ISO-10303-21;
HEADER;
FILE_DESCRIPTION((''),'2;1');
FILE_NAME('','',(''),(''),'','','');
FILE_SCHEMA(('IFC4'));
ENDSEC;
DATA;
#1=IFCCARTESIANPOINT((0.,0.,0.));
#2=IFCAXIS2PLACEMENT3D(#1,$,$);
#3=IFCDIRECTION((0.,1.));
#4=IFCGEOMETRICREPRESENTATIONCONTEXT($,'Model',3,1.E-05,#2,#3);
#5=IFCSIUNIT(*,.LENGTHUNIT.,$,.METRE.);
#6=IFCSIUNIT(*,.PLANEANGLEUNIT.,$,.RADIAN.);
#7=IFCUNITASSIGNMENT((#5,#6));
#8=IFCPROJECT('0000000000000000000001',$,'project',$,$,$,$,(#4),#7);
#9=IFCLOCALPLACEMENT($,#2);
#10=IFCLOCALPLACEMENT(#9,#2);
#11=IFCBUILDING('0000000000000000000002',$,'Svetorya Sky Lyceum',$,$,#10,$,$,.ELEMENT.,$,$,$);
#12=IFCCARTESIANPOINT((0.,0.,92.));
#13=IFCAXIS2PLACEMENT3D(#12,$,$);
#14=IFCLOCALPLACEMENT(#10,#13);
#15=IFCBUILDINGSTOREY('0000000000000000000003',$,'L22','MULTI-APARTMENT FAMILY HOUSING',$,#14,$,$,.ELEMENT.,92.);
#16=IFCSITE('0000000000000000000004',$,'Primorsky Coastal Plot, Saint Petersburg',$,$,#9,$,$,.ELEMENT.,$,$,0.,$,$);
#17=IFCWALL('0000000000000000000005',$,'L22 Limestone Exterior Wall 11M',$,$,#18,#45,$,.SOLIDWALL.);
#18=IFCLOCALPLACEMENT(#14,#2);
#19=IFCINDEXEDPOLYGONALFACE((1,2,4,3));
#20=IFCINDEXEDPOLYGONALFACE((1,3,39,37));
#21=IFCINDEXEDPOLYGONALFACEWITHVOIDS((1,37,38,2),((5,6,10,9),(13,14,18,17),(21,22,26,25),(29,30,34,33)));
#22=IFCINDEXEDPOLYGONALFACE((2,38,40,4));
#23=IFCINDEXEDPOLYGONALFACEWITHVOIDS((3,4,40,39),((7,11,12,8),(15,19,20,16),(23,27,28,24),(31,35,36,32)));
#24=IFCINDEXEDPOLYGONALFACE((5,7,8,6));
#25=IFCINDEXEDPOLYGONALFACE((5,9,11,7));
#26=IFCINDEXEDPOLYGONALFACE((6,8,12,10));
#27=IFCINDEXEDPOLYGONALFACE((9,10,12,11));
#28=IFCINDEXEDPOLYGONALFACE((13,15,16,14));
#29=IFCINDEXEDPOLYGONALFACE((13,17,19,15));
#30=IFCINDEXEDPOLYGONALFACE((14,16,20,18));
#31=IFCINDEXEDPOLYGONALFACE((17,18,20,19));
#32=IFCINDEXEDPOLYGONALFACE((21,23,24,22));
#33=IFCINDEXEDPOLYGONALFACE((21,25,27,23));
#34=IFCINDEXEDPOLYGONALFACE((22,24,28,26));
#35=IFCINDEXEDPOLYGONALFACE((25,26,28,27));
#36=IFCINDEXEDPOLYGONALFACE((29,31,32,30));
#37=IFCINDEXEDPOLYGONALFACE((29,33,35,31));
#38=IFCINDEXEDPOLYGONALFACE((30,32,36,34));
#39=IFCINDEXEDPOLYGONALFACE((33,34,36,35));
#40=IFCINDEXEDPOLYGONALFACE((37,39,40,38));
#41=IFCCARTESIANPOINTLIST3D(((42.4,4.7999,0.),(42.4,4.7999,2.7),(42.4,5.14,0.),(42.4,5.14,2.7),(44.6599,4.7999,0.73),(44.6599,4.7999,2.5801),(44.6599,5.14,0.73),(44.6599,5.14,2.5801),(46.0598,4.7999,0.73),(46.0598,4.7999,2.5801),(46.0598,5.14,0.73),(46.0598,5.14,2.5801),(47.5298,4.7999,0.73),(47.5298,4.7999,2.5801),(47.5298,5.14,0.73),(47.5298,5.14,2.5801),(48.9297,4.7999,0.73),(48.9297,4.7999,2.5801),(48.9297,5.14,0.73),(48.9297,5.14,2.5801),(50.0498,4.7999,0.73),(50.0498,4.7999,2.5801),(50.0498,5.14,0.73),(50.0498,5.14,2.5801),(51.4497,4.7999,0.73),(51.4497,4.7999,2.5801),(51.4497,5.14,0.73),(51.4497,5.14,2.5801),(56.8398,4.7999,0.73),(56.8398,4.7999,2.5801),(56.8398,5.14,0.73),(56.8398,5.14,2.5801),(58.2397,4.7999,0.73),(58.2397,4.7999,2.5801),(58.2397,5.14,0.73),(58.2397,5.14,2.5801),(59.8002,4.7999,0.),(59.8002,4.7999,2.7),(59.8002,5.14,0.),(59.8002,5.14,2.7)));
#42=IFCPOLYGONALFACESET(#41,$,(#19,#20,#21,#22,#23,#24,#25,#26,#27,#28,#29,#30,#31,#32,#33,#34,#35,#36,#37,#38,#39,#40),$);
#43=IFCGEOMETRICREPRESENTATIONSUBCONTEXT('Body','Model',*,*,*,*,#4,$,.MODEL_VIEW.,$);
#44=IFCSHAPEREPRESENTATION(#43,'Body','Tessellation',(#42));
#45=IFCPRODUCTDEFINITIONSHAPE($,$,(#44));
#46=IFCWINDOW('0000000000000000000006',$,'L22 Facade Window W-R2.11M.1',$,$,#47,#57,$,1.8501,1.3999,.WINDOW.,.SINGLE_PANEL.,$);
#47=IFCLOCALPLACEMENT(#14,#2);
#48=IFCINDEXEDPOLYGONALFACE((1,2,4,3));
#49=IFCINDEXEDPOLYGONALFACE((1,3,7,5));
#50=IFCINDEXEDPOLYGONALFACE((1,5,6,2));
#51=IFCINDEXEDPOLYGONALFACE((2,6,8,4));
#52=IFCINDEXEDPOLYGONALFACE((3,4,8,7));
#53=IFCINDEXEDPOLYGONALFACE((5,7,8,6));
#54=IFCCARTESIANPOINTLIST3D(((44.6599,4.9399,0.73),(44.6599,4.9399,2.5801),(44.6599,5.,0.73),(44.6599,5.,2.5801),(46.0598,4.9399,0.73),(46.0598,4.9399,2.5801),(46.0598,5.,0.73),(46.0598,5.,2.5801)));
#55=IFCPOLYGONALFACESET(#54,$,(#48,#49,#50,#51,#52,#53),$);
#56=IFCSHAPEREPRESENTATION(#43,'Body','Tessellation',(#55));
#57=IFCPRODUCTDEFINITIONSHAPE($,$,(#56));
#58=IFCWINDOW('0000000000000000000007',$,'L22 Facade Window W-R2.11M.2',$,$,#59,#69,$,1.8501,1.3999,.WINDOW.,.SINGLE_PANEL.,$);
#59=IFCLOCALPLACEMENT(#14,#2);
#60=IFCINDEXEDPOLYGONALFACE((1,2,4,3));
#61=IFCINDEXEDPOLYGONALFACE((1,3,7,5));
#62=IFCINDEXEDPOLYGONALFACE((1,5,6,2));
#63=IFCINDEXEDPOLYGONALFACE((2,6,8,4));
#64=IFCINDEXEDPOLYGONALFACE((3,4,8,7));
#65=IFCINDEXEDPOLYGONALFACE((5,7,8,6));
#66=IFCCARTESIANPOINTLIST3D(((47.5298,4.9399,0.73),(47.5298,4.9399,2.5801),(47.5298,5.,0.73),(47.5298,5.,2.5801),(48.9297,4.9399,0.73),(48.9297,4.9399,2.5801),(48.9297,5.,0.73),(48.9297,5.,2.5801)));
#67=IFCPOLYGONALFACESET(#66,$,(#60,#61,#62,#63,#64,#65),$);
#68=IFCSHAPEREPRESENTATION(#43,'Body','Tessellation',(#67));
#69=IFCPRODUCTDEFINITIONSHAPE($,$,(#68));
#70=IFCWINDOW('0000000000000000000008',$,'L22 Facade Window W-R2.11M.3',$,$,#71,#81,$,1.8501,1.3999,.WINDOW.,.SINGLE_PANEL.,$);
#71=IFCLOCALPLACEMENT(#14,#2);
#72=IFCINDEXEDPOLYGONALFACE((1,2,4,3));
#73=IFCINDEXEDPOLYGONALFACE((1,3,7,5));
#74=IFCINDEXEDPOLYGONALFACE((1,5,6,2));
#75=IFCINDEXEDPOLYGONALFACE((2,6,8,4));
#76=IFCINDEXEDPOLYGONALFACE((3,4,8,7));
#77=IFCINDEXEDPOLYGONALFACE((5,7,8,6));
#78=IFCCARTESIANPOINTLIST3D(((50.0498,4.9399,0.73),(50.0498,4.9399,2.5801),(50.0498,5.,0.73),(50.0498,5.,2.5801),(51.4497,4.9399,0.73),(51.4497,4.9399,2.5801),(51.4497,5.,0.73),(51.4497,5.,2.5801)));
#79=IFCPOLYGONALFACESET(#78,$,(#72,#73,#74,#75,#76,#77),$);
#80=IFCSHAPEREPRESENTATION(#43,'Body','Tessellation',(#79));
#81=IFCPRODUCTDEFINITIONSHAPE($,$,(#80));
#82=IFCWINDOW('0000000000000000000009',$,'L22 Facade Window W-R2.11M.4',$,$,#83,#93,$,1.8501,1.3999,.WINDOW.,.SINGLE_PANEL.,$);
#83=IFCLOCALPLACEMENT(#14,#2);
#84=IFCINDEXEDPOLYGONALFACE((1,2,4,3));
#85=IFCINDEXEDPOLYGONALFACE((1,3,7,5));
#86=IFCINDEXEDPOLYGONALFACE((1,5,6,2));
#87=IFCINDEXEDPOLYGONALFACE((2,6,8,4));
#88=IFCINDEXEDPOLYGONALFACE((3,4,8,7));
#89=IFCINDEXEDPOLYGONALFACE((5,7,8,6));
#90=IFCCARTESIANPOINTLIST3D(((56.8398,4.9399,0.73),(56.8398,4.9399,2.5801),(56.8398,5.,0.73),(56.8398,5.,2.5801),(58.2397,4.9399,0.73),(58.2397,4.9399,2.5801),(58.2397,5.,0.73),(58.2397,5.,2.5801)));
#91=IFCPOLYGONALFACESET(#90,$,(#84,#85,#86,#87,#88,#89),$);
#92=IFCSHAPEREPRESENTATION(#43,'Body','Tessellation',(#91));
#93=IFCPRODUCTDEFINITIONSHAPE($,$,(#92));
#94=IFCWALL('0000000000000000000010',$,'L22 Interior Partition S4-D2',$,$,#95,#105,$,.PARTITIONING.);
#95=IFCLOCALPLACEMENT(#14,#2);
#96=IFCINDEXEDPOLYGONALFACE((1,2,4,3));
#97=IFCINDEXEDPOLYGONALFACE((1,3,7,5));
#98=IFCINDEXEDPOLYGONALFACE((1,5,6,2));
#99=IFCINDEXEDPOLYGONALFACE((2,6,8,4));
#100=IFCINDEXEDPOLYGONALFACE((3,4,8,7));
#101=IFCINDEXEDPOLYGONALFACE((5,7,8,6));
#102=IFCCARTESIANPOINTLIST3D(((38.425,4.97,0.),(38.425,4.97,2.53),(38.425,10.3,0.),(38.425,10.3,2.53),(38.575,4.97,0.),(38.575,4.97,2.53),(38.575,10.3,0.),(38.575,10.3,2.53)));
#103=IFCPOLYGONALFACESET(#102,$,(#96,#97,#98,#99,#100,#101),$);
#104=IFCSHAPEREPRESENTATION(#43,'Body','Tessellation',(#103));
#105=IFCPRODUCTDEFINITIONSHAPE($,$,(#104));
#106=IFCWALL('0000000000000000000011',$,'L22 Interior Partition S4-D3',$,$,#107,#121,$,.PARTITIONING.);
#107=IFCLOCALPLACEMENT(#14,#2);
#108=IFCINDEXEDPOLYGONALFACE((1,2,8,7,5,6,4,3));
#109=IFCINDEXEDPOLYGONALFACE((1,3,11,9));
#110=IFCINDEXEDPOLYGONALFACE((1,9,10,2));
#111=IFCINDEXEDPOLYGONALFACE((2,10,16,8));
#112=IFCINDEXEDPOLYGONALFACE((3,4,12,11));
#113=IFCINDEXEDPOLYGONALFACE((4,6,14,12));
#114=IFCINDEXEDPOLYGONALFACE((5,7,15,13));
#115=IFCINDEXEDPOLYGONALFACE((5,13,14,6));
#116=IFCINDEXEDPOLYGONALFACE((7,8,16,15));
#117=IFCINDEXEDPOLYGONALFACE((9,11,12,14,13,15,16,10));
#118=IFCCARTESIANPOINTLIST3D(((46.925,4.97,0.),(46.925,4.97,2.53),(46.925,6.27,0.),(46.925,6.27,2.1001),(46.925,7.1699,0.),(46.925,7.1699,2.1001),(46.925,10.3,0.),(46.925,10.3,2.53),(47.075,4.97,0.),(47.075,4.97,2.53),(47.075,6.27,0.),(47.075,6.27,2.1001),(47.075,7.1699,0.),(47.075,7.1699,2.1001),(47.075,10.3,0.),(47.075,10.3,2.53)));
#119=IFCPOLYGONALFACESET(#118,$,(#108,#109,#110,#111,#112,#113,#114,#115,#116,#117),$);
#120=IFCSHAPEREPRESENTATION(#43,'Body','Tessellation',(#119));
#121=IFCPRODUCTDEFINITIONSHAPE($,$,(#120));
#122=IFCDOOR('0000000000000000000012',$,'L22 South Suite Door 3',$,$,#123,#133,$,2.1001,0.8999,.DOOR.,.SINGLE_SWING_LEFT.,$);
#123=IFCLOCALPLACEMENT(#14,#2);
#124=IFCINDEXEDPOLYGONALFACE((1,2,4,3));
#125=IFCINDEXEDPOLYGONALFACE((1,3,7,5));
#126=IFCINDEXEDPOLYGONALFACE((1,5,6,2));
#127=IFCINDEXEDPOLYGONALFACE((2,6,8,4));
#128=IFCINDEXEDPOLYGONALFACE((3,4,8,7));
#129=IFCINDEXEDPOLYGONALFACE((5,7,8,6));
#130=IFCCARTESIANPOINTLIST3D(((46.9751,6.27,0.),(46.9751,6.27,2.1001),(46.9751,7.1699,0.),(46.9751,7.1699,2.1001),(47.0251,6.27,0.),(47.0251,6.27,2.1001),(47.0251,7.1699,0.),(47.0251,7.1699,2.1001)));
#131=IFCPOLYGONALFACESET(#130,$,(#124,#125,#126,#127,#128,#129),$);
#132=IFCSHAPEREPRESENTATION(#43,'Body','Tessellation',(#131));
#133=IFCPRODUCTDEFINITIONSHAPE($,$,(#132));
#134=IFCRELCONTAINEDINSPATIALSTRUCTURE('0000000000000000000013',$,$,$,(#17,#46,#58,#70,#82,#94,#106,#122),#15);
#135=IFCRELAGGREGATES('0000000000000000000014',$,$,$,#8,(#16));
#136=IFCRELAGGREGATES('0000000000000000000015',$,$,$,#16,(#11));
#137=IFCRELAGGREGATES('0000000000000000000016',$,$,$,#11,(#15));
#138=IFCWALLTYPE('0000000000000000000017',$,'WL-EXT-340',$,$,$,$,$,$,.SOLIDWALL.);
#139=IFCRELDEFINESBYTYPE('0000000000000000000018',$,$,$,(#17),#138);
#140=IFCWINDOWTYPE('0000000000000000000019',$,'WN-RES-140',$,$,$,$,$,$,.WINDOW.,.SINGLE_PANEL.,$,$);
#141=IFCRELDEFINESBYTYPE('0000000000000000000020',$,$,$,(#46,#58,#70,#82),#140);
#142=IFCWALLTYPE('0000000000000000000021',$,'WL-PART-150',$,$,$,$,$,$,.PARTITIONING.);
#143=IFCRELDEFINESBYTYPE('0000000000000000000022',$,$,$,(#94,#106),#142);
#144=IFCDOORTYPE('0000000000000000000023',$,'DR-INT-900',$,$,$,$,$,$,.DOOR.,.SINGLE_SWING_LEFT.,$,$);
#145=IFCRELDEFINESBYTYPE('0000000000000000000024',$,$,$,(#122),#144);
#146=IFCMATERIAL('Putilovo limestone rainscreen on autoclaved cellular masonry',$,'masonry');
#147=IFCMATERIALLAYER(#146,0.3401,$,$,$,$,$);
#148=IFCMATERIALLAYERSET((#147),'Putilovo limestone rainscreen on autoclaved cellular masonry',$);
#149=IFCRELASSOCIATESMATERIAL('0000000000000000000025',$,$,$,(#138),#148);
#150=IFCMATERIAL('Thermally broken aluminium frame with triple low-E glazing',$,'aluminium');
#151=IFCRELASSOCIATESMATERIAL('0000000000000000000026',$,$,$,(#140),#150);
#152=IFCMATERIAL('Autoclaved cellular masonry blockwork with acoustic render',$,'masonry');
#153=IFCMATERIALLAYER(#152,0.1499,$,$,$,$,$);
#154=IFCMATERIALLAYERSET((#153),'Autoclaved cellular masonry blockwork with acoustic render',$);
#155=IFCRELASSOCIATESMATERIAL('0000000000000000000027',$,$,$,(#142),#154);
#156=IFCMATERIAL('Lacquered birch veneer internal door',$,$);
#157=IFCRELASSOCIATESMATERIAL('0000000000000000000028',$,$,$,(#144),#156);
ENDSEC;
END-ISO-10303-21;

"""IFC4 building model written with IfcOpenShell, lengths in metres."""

from ifc_helpers import new_model, si_unit, direction, frame, frame_2d, origin, place, context, subcontext, project, spatial, rectangle, extrude, material, layer, layer_set, type_object, element, fill, save


model = new_model("IFC4")

# Units and contexts
model_context = context("Model", 3, precision=1e-05, world=origin(), true_north=direction((0.0, 1.0)))
body_context = subcontext(model_context, "Body", "Model", "MODEL_VIEW")
ifc_project = project(units=[si_unit("LENGTHUNIT", "METRE"), si_unit("PLANEANGLEUNIT", "RADIAN")], contexts=[model_context])

# Site, building, storey
site_placement = place(None, origin())
site = spatial("IfcSite", under=ifc_project, at=site_placement, Name="Primorsky Coastal Plot, Saint Petersburg", CompositionType="ELEMENT", RefElevation=0.0)
building_placement = place(site_placement, origin())
building = spatial("IfcBuilding", under=site, at=building_placement, Name="Svetorya Sky Lyceum", CompositionType="ELEMENT")
storey_placement = place(building_placement, frame((0.0, 0.0, 92.0)))
storey = spatial("IfcBuildingStorey", under=building, at=storey_placement, Name="L22", Description="MULTI-APARTMENT FAMILY HOUSING", CompositionType="ELEMENT", Elevation=92.0)

# Shared definitions
ifc_material_1 = material(Name="Putilovo limestone rainscreen on autoclaved cellular masonry", Category="masonry")
ifc_layer_1 = layer(ifc_material_1, 0.3401)
ifc_layer_set_1 = layer_set([ifc_layer_1], Name="Putilovo limestone rainscreen on autoclaved cellular masonry")
wall_type_1 = type_object("IfcWallType", Name="WL-EXT-340", PredefinedType="SOLIDWALL", material=ifc_layer_set_1)

# Wall, openings, windows
wall_1_placement = place(storey_placement, frame((42.3999, 4.97, 0.0), z_axis=(0.0, 0.0, 1.0), x_axis=(1.0, 0.0, 0.0)))
wall_1 = element("IfcWall", 1, at=wall_1_placement, inside=storey, type_object=wall_type_1, Name="L22 Limestone Exterior Wall 11M", PredefinedType="SOLIDWALL", context=body_context, shape_type="SweptSolid", body=[
    extrude(rectangle(XDim=17.4001, YDim=0.3401, at=frame_2d((8.7002, 0.0))), origin(), (0.0, 0.0, 1.0), 2.7),
])
opening_1_placement = place(wall_1_placement, frame((2.26, 0.0, 0.73)))
opening_1 = element("IfcOpeningElement", 2, at=opening_1_placement, cuts=wall_1, PredefinedType="OPENING", context=body_context, shape_type="SweptSolid", body=[
    extrude(rectangle(XDim=1.3999, YDim=1.8501, at=frame_2d((0.7, 0.925))), frame((0.0, 0.1799, 0.0), z_axis=(0.0, -1.0, 0.0), x_axis=(1.0, 0.0, 0.0)), (0.0, 0.0, 1.0), 0.3601),
])
opening_2_placement = place(wall_1_placement, frame((5.1299, 0.0, 0.73)))
opening_2 = element("IfcOpeningElement", 3, at=opening_2_placement, cuts=wall_1, PredefinedType="OPENING", context=body_context, shape_type="SweptSolid", body=[
    extrude(rectangle(XDim=1.3999, YDim=1.8501, at=frame_2d((0.7, 0.925))), frame((0.0, 0.1799, 0.0), z_axis=(0.0, -1.0, 0.0), x_axis=(1.0, 0.0, 0.0)), (0.0, 0.0, 1.0), 0.3601),
])
opening_3_placement = place(wall_1_placement, frame((7.6499, 0.0, 0.73)))
opening_3 = element("IfcOpeningElement", 4, at=opening_3_placement, cuts=wall_1, PredefinedType="OPENING", context=body_context, shape_type="SweptSolid", body=[
    extrude(rectangle(XDim=1.3999, YDim=1.8501, at=frame_2d((0.7, 0.925))), frame((0.0, 0.1799, 0.0), z_axis=(0.0, -1.0, 0.0), x_axis=(1.0, 0.0, 0.0)), (0.0, 0.0, 1.0), 0.3601),
])
opening_4_placement = place(wall_1_placement, frame((14.4399, 0.0, 0.73)))
opening_4 = element("IfcOpeningElement", 5, at=opening_4_placement, cuts=wall_1, PredefinedType="OPENING", context=body_context, shape_type="SweptSolid", body=[
    extrude(rectangle(XDim=1.3999, YDim=1.8501, at=frame_2d((0.7, 0.925))), frame((0.0, 0.1799, 0.0), z_axis=(0.0, -1.0, 0.0), x_axis=(1.0, 0.0, 0.0)), (0.0, 0.0, 1.0), 0.3601),
])
ifc_material_2 = material(Name="Thermally broken aluminium frame with triple low-E glazing", Category="aluminium")
window_type = type_object("IfcWindowType", Name="WN-RES-140", PartitioningType="SINGLE_PANEL", PredefinedType="WINDOW", material=ifc_material_2)
window_1_placement = place(opening_1_placement, origin())
window_1 = element("IfcWindow", 6, at=window_1_placement, inside=storey, type_object=window_type, Name="L22 Facade Window W-R2.11M.1", OverallHeight=1.8501, OverallWidth=1.3999, PartitioningType="SINGLE_PANEL", PredefinedType="WINDOW", context=body_context, shape_type="SweptSolid", body=[
    extrude(rectangle(XDim=1.3999, YDim=1.8501, at=frame_2d((0.7, 0.925))), frame((0.0, 0.03, 0.0), z_axis=(0.0, -1.0, 0.0), x_axis=(1.0, 0.0, 0.0)), (0.0, 0.0, 1.0), 0.0601),
])
fill(opening_1, window_1)
window_2_placement = place(opening_2_placement, origin())
window_2 = element("IfcWindow", 7, at=window_2_placement, inside=storey, type_object=window_type, Name="L22 Facade Window W-R2.11M.2", OverallHeight=1.8501, OverallWidth=1.3999, PartitioningType="SINGLE_PANEL", PredefinedType="WINDOW", context=body_context, shape_type="SweptSolid", body=[
    extrude(rectangle(XDim=1.3999, YDim=1.8501, at=frame_2d((0.7, 0.925))), frame((0.0, 0.03, 0.0), z_axis=(0.0, -1.0, 0.0), x_axis=(1.0, 0.0, 0.0)), (0.0, 0.0, 1.0), 0.0601),
])
fill(opening_2, window_2)
window_3_placement = place(opening_3_placement, origin())
window_3 = element("IfcWindow", 8, at=window_3_placement, inside=storey, type_object=window_type, Name="L22 Facade Window W-R2.11M.3", OverallHeight=1.8501, OverallWidth=1.3999, PartitioningType="SINGLE_PANEL", PredefinedType="WINDOW", context=body_context, shape_type="SweptSolid", body=[
    extrude(rectangle(XDim=1.3999, YDim=1.8501, at=frame_2d((0.7, 0.925))), frame((0.0, 0.03, 0.0), z_axis=(0.0, -1.0, 0.0), x_axis=(1.0, 0.0, 0.0)), (0.0, 0.0, 1.0), 0.0601),
])
fill(opening_3, window_3)
window_4_placement = place(opening_4_placement, origin())
window_4 = element("IfcWindow", 9, at=window_4_placement, inside=storey, type_object=window_type, Name="L22 Facade Window W-R2.11M.4", OverallHeight=1.8501, OverallWidth=1.3999, PartitioningType="SINGLE_PANEL", PredefinedType="WINDOW", context=body_context, shape_type="SweptSolid", body=[
    extrude(rectangle(XDim=1.3999, YDim=1.8501, at=frame_2d((0.7, 0.925))), frame((0.0, 0.03, 0.0), z_axis=(0.0, -1.0, 0.0), x_axis=(1.0, 0.0, 0.0)), (0.0, 0.0, 1.0), 0.0601),
])
fill(opening_4, window_4)

# Wall
ifc_material_3 = material(Name="Autoclaved cellular masonry blockwork with acoustic render", Category="masonry")
ifc_layer_2 = layer(ifc_material_3, 0.1499)
ifc_layer_set_2 = layer_set([ifc_layer_2], Name="Autoclaved cellular masonry blockwork with acoustic render")
wall_type_2 = type_object("IfcWallType", Name="WL-PART-150", PredefinedType="PARTITIONING", material=ifc_layer_set_2)
wall_2_placement = place(storey_placement, frame((38.5, 4.97, 0.0), z_axis=(0.0, 0.0, 1.0), x_axis=(0.0, 1.0, 0.0)))
element("IfcWall", 10, at=wall_2_placement, inside=storey, type_object=wall_type_2, Name="L22 Interior Partition S4-D2", PredefinedType="PARTITIONING", context=body_context, shape_type="SweptSolid", body=[
    extrude(rectangle(XDim=5.3301, YDim=0.1499, at=frame_2d((2.665, 0.0))), origin(), (0.0, 0.0, 1.0), 2.53),
])

# Wall, opening, door
wall_3_placement = place(storey_placement, frame((47.0, 4.97, 0.0), z_axis=(0.0, 0.0, 1.0), x_axis=(0.0, 1.0, 0.0)))
wall_3 = element("IfcWall", 11, at=wall_3_placement, inside=storey, type_object=wall_type_2, Name="L22 Interior Partition S4-D3", PredefinedType="PARTITIONING", context=body_context, shape_type="SweptSolid", body=[
    extrude(rectangle(XDim=5.3301, YDim=0.1499, at=frame_2d((2.665, 0.0))), origin(), (0.0, 0.0, 1.0), 2.53),
])
opening_5_placement = place(wall_3_placement, frame((1.3, 0.0, 0.0)))
opening_5 = element("IfcOpeningElement", 12, at=opening_5_placement, cuts=wall_3, PredefinedType="OPENING", context=body_context, shape_type="SweptSolid", body=[
    extrude(rectangle(XDim=0.8999, YDim=2.1001, at=frame_2d((0.45, 1.05))), frame((0.0, 0.085, 0.0), z_axis=(0.0, -1.0, 0.0), x_axis=(1.0, 0.0, 0.0)), (0.0, 0.0, 1.0), 0.1699),
])
ifc_material_4 = material(Name="Lacquered birch veneer internal door")
door_type = type_object("IfcDoorType", Name="DR-INT-900", OperationType="SINGLE_SWING_LEFT", PredefinedType="DOOR", material=ifc_material_4)
door_placement = place(opening_5_placement, origin())
door = element("IfcDoor", 13, at=door_placement, inside=storey, type_object=door_type, Name="L22 South Suite Door 3", OperationType="SINGLE_SWING_LEFT", OverallHeight=2.1001, OverallWidth=0.8999, PredefinedType="DOOR", context=body_context, shape_type="SweptSolid", body=[
    extrude(rectangle(XDim=0.8999, YDim=2.1001, at=frame_2d((0.45, 1.05))), frame((0.0, 0.0249, 0.0), z_axis=(0.0, -1.0, 0.0), x_axis=(1.0, 0.0, 0.0)), (0.0, 0.0, 1.0), 0.05),
])
fill(opening_5, door)

save(model, "model.ifc")
